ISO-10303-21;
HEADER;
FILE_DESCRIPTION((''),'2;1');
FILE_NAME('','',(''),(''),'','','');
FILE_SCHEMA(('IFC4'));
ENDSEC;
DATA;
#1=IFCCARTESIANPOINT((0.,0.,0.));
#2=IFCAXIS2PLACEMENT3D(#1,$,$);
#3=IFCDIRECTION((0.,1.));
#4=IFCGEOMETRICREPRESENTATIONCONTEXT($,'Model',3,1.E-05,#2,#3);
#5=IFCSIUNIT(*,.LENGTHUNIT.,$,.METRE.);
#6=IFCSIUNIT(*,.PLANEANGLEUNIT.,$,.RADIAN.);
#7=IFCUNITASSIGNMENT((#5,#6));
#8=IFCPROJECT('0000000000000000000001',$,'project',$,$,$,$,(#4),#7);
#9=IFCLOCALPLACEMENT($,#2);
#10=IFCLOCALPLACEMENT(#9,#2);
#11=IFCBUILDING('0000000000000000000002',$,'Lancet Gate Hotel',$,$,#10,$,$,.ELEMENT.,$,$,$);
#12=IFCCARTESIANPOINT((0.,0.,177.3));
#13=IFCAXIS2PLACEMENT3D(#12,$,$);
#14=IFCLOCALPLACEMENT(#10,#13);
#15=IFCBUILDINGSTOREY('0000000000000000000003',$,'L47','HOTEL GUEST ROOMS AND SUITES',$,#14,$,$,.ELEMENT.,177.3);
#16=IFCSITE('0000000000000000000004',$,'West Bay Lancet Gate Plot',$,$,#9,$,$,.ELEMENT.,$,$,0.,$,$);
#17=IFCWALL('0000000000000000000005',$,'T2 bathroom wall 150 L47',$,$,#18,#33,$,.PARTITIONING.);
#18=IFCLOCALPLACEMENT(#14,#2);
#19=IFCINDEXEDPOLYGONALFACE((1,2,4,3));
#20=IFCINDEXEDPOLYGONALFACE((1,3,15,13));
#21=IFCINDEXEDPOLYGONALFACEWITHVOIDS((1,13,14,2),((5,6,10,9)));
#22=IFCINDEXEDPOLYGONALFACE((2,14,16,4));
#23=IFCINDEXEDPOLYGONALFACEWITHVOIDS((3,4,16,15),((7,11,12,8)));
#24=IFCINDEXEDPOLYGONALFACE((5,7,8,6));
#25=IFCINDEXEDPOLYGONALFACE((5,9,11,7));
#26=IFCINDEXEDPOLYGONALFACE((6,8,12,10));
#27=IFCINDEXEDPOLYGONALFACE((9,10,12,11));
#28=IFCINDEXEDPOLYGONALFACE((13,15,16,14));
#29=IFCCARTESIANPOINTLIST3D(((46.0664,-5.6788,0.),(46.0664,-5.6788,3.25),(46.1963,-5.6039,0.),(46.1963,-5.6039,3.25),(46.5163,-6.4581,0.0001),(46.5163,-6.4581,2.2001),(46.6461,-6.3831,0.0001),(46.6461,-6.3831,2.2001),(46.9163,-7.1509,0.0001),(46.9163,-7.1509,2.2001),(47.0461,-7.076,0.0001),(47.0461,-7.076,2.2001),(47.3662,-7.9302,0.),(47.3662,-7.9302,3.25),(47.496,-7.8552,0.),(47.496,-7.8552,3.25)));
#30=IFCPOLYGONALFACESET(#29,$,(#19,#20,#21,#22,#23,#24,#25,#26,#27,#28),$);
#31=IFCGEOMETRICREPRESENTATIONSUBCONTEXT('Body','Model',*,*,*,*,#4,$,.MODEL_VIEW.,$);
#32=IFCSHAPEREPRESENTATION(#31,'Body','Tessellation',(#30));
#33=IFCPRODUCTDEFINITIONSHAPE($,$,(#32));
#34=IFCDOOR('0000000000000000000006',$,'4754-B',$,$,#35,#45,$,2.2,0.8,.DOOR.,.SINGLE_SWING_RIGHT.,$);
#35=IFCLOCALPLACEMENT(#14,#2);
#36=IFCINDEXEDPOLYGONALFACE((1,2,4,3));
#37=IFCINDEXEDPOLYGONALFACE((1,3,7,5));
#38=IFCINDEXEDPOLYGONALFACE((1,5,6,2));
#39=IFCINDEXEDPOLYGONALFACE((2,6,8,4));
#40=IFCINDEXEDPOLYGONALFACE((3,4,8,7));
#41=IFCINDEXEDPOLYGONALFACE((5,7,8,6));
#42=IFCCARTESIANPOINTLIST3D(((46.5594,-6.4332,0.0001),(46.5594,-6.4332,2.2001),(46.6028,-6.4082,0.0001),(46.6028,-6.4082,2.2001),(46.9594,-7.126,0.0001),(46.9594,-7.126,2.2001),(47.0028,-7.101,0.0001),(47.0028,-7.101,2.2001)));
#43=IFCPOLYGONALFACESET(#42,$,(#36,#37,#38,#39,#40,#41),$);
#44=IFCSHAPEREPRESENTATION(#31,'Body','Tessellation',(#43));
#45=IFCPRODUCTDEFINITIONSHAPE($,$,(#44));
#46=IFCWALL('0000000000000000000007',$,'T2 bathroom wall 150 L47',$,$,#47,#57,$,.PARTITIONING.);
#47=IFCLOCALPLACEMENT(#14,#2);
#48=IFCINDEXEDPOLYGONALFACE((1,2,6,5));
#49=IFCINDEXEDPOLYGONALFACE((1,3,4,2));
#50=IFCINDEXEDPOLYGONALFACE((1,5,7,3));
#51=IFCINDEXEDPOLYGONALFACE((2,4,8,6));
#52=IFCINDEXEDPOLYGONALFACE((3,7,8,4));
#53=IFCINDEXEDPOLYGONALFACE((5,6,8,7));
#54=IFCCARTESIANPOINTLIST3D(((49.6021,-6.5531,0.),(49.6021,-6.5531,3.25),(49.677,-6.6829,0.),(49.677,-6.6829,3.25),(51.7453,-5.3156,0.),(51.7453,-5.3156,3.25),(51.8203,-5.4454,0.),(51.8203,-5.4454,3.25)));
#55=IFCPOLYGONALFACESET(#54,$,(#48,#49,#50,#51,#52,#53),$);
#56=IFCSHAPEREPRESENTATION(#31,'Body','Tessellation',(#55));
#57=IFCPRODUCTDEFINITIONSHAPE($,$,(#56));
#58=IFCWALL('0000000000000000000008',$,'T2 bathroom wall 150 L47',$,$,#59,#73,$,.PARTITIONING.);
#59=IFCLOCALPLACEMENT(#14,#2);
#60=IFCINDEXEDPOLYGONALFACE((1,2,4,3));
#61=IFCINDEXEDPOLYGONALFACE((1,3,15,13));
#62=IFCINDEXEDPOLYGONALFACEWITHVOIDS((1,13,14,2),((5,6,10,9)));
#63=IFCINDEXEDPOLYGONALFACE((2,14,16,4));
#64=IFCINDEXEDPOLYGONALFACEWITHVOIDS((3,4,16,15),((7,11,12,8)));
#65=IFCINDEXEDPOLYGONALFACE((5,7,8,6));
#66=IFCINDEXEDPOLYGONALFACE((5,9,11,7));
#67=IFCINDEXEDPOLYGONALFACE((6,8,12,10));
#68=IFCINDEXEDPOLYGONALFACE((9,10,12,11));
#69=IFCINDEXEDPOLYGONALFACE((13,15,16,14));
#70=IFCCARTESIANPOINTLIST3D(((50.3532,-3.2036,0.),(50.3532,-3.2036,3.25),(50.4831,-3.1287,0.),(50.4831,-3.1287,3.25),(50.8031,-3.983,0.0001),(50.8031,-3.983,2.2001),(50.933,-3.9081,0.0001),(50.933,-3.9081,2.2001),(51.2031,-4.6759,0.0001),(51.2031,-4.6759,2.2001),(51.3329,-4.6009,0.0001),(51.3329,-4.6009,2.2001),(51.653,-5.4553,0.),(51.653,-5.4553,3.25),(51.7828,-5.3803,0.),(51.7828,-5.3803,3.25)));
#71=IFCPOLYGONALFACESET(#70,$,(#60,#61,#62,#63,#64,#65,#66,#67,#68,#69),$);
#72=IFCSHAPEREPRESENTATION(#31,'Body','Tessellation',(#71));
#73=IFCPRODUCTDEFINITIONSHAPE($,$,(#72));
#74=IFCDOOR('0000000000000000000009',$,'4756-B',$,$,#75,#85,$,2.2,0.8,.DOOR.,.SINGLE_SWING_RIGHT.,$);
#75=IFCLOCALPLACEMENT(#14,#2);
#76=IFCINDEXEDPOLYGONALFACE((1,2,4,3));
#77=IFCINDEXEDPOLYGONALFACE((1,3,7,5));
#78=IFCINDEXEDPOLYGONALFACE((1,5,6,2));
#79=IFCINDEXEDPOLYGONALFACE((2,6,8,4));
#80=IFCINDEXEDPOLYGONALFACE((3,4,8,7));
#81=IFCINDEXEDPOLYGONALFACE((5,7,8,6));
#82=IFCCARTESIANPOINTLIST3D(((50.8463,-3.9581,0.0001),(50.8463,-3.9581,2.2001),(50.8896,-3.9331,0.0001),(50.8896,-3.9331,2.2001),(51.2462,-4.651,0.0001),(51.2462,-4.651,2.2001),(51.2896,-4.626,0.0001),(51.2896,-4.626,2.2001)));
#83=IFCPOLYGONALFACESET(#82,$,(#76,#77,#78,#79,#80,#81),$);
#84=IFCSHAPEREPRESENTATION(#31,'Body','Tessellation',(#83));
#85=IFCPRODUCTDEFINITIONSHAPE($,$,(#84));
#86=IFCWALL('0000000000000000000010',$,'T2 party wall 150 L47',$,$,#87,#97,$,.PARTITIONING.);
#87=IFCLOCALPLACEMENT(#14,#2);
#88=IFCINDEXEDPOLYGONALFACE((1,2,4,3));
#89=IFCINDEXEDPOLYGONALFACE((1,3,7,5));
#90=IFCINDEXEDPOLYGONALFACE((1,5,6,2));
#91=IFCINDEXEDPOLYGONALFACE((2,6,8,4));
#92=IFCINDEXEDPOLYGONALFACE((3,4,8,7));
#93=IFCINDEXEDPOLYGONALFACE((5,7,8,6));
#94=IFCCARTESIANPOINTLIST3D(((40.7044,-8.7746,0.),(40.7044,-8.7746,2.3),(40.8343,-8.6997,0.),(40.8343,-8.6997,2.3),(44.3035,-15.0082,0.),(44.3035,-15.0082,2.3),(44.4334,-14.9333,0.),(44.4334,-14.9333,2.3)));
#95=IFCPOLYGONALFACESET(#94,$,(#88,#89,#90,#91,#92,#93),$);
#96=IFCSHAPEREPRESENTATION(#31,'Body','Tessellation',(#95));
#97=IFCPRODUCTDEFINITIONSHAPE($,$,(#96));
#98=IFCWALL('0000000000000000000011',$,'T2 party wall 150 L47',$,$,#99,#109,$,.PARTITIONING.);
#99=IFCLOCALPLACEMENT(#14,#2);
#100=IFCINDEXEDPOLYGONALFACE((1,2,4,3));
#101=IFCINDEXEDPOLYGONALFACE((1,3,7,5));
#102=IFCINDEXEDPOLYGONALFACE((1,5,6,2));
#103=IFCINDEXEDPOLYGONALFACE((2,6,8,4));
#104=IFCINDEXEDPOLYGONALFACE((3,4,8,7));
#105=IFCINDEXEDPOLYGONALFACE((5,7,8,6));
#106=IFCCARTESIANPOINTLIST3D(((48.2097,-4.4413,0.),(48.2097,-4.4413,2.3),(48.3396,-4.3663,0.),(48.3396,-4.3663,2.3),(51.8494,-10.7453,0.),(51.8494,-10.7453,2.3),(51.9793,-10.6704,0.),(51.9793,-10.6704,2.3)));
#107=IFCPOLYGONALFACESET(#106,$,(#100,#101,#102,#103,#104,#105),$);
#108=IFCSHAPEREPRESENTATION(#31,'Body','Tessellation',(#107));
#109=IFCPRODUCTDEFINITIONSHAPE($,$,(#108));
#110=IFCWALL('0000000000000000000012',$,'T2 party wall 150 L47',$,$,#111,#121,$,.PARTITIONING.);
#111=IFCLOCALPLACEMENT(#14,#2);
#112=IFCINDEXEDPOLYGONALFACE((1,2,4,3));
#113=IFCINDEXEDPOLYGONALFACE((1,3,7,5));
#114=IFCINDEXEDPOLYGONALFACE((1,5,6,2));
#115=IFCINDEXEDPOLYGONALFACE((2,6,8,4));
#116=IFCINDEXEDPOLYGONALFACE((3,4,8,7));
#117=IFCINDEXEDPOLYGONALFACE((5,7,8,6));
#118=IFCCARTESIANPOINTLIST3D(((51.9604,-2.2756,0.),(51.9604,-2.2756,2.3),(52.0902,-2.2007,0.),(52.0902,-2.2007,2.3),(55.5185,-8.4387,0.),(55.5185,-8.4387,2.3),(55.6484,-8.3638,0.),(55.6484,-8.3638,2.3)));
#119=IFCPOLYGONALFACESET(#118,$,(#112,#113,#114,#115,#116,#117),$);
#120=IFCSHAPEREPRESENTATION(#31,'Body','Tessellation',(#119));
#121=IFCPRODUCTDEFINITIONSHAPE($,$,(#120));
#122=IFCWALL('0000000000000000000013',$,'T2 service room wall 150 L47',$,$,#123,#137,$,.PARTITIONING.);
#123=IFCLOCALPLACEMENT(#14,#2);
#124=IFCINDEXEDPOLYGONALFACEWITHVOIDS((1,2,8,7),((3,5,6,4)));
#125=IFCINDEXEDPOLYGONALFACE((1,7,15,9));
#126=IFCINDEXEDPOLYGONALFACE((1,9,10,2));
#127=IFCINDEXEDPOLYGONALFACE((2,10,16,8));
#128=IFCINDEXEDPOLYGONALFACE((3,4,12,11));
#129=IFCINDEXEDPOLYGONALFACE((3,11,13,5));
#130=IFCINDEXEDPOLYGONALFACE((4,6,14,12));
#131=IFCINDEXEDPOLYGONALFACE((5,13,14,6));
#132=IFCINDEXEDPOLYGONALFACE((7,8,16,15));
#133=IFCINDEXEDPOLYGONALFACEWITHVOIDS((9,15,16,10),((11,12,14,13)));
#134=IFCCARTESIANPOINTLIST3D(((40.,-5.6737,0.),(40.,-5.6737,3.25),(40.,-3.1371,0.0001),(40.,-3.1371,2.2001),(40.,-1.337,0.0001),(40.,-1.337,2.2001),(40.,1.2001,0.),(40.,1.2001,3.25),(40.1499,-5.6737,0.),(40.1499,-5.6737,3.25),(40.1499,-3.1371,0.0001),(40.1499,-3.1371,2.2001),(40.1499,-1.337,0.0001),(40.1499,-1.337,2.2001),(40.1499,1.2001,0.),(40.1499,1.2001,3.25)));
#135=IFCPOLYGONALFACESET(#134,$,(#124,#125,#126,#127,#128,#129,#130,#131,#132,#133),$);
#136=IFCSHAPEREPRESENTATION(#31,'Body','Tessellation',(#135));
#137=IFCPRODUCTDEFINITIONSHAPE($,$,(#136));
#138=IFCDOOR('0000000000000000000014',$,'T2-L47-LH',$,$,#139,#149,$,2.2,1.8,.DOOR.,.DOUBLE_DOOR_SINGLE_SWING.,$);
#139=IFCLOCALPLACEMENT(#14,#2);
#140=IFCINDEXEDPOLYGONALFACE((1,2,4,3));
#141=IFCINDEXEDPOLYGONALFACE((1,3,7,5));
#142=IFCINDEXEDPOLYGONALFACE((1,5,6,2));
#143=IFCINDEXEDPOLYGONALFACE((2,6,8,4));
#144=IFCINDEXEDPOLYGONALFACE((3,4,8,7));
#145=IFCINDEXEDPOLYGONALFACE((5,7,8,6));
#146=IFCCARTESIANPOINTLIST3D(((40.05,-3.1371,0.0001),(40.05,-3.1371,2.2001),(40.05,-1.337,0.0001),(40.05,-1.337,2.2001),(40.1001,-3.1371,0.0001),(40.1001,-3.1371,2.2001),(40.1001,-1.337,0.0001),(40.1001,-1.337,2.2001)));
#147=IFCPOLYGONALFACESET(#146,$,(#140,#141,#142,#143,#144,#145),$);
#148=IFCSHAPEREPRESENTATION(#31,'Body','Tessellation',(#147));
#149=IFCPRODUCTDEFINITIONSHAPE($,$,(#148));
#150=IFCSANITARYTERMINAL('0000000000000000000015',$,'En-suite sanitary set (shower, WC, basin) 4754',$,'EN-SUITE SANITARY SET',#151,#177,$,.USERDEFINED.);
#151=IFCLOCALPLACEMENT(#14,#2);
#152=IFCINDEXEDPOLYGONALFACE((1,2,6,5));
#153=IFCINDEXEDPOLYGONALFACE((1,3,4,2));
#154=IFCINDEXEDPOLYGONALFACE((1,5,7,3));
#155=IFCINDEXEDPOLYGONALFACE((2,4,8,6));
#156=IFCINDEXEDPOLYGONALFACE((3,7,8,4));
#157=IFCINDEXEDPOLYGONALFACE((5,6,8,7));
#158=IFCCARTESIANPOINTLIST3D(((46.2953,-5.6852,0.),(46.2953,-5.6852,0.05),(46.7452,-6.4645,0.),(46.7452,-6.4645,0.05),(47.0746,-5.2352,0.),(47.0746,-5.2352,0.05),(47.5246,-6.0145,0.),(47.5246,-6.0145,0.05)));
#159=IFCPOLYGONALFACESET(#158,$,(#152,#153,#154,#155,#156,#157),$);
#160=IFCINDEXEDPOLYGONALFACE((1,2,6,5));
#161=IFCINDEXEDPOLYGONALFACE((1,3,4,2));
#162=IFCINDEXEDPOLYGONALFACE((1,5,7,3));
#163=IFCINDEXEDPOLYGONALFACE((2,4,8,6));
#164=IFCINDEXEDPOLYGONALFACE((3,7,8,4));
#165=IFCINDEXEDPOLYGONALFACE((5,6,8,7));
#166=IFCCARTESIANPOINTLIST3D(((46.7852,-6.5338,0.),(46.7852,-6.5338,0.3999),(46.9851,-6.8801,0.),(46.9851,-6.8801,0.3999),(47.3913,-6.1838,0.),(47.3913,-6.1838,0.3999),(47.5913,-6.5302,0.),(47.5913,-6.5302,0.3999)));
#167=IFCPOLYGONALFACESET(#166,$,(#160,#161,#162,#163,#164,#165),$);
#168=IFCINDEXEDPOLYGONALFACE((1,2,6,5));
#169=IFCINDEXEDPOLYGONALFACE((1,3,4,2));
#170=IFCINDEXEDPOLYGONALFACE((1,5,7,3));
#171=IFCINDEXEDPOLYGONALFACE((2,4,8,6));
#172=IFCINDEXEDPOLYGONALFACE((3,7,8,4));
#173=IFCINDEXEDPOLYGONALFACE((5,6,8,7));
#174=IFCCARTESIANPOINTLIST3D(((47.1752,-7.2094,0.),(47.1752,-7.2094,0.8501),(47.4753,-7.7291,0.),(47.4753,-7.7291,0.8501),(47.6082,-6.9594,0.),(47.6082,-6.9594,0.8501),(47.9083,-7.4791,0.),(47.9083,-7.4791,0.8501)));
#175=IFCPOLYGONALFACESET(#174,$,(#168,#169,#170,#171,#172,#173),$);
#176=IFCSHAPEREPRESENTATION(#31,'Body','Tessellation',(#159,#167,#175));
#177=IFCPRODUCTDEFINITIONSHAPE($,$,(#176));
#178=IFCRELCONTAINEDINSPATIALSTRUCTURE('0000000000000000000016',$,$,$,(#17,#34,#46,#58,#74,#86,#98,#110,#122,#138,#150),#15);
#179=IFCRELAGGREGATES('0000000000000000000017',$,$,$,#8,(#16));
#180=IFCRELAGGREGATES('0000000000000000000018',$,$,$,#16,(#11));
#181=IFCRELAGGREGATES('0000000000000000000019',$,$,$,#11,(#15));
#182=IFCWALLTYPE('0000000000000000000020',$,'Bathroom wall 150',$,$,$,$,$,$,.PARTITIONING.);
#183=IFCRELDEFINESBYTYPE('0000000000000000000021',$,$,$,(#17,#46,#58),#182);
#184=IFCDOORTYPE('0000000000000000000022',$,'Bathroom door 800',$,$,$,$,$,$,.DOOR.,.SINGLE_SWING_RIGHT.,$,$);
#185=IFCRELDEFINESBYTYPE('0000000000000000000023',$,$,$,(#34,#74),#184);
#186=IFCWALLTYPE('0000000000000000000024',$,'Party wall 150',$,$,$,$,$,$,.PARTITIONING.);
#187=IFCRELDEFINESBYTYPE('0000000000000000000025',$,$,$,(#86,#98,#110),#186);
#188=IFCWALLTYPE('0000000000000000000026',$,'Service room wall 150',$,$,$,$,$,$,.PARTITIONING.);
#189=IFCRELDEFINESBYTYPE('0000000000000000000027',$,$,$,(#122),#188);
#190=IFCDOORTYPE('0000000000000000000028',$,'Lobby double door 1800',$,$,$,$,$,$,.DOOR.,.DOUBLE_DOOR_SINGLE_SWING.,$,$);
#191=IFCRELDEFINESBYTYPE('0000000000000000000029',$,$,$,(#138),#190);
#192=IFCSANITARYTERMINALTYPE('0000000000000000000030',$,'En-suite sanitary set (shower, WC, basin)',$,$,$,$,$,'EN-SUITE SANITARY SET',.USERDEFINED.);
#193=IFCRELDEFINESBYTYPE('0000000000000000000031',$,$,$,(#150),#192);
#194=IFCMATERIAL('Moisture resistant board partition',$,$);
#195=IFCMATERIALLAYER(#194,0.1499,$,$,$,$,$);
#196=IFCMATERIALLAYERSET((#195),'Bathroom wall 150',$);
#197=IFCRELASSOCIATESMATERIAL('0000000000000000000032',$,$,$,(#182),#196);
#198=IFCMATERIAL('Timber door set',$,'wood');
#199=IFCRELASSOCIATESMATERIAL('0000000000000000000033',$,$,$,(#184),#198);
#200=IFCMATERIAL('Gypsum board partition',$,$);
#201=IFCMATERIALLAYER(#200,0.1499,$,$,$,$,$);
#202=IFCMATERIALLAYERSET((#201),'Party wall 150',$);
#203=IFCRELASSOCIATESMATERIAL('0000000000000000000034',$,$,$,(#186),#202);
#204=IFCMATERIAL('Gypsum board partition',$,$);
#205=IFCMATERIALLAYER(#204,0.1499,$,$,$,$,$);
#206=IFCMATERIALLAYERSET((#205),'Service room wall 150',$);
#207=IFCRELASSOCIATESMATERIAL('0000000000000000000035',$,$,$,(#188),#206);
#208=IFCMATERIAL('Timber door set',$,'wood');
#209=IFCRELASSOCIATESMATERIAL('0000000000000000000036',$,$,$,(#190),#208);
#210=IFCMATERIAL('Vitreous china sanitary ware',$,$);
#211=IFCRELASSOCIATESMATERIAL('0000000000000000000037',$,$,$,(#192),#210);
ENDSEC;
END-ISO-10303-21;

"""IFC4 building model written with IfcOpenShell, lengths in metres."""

from ifc_helpers import new_model, si_unit, direction, frame, frame_2d, origin, origin_2d, place, context, subcontext, project, spatial, rectangle, extrude, material, layer, layer_set, type_object, element, fill, save


model = new_model("IFC4")

# Units and contexts
model_context = context("Model", 3, precision=1e-05, world=origin(), true_north=direction((0.0, 1.0)))
body_context = subcontext(model_context, "Body", "Model", "MODEL_VIEW")
ifc_project = project(units=[si_unit("LENGTHUNIT", "METRE"), si_unit("PLANEANGLEUNIT", "RADIAN")], contexts=[model_context])

# Site, building, storey
site_placement = place(None, origin())
site = spatial("IfcSite", under=ifc_project, at=site_placement, Name="West Bay Lancet Gate Plot", CompositionType="ELEMENT", RefElevation=0.0)
building_placement = place(site_placement, origin())
building = spatial("IfcBuilding", under=site, at=building_placement, Name="Lancet Gate Hotel", CompositionType="ELEMENT")
storey_placement = place(building_placement, frame((0.0, 0.0, 177.3)))
storey = spatial("IfcBuildingStorey", under=building, at=storey_placement, Name="L47", Description="HOTEL GUEST ROOMS AND SUITES", CompositionType="ELEMENT", Elevation=177.3)

# Shared definitions
ifc_material_1 = material(Name="Moisture resistant board partition")
ifc_layer_1 = layer(ifc_material_1, 0.1499)
ifc_layer_set_1 = layer_set([ifc_layer_1], Name="Bathroom wall 150")
wall_type_1 = type_object("IfcWallType", Name="Bathroom wall 150", PredefinedType="PARTITIONING", material=ifc_layer_set_1)

# Wall, opening, door
wall_1_placement = place(storey_placement, frame((46.1313, -5.6414, 0.0), z_axis=(0.0, 0.0, 1.0), x_axis=(0.499977, -0.866039, 0.0)))
wall_1 = element("IfcWall", 1, at=wall_1_placement, inside=storey, type_object=wall_type_1, Name="T2 bathroom wall 150 L47", PredefinedType="PARTITIONING", context=body_context, shape_type="SweptSolid", body=[
    extrude(rectangle(XDim=2.5996, YDim=0.1499, at=frame_2d((1.2998, 0.0))), origin(), (0.0, 0.0, 1.0), 3.25),
])
opening_1_placement = place(wall_1_placement, frame((0.8999, 0.0, 0.0)))
opening_1 = element("IfcOpeningElement", 2, at=opening_1_placement, cuts=wall_1, PredefinedType="OPENING", context=body_context, shape_type="SweptSolid", body=[
    extrude(rectangle(XDim=0.8, YDim=2.2, at=frame_2d((0.3999, 1.1001))), frame((0.0, 0.085, 0.0), z_axis=(0.0, -1.0, 0.0), x_axis=(1.0, 0.0, 0.0)), (0.0, 0.0, 1.0), 0.1699),
])
ifc_material_2 = material(Name="Timber door set", Category="wood")
door_type_1 = type_object("IfcDoorType", Name="Bathroom door 800", OperationType="SINGLE_SWING_RIGHT", PredefinedType="DOOR", material=ifc_material_2)
door_1_placement = place(opening_1_placement, origin())
door_1 = element("IfcDoor", 3, at=door_1_placement, inside=storey, type_object=door_type_1, Name="4754-B", OperationType="SINGLE_SWING_RIGHT", OverallHeight=2.2, OverallWidth=0.8, PredefinedType="DOOR", context=body_context, shape_type="SweptSolid", body=[
    extrude(rectangle(XDim=0.8, YDim=2.2, at=frame_2d((0.3999, 1.1001))), frame((0.0, 0.0249, 0.0), z_axis=(0.0, -1.0, 0.0), x_axis=(1.0, 0.0, 0.0)), (0.0, 0.0, 1.0), 0.05),
])
fill(opening_1, door_1)

# Wall
wall_2_placement = place(storey_placement, frame((49.6396, -6.6179, 0.0), z_axis=(0.0, 0.0, 1.0), x_axis=(0.866007, 0.500033, 0.0)))
element("IfcWall", 4, at=wall_2_placement, inside=storey, type_object=wall_type_1, Name="T2 bathroom wall 150 L47", PredefinedType="PARTITIONING", context=body_context, shape_type="SweptSolid", body=[
    extrude(rectangle(XDim=2.4749, YDim=0.1499, at=frame_2d((1.2373, 0.0))), origin(), (0.0, 0.0, 1.0), 3.25),
])

# Wall, opening, door
wall_3_placement = place(storey_placement, frame((50.4182, -3.1663, 0.0), z_axis=(0.0, 0.0, 1.0), x_axis=(0.499937, -0.866062, 0.0)))
wall_3 = element("IfcWall", 5, at=wall_3_placement, inside=storey, type_object=wall_type_1, Name="T2 bathroom wall 150 L47", PredefinedType="PARTITIONING", context=body_context, shape_type="SweptSolid", body=[
    extrude(rectangle(XDim=2.5999, YDim=0.1499, at=frame_2d((1.2998, 0.0))), origin(), (0.0, 0.0, 1.0), 3.25),
])
opening_2_placement = place(wall_3_placement, frame((0.8999, 0.0, 0.0)))
opening_2 = element("IfcOpeningElement", 6, at=opening_2_placement, cuts=wall_3, PredefinedType="OPENING", context=body_context, shape_type="SweptSolid", body=[
    extrude(rectangle(XDim=0.8, YDim=2.2, at=frame_2d((0.3999, 1.1001))), frame((0.0, 0.085, 0.0), z_axis=(0.0, -1.0, 0.0), x_axis=(1.0, 0.0, 0.0)), (0.0, 0.0, 1.0), 0.1699),
])
door_2_placement = place(opening_2_placement, origin())
door_2 = element("IfcDoor", 7, at=door_2_placement, inside=storey, type_object=door_type_1, Name="4756-B", OperationType="SINGLE_SWING_RIGHT", OverallHeight=2.2, OverallWidth=0.8, PredefinedType="DOOR", context=body_context, shape_type="SweptSolid", body=[
    extrude(rectangle(XDim=0.8, YDim=2.2, at=frame_2d((0.3999, 1.1001))), frame((0.0, 0.0249, 0.0), z_axis=(0.0, -1.0, 0.0), x_axis=(1.0, 0.0, 0.0)), (0.0, 0.0, 1.0), 0.05),
])
fill(opening_2, door_2)

# Walls
ifc_material_3 = material(Name="Gypsum board partition")
ifc_layer_2 = layer(ifc_material_3, 0.1499)
ifc_layer_set_2 = layer_set([ifc_layer_2], Name="Party wall 150")
wall_type_2 = type_object("IfcWallType", Name="Party wall 150", PredefinedType="PARTITIONING", material=ifc_layer_set_2)
wall_4_placement = place(storey_placement, frame((40.7693, -8.7371, 0.0), z_axis=(0.0, 0.0, 1.0), x_axis=(0.500013, -0.866018, 0.0)))
element("IfcWall", 8, at=wall_4_placement, inside=storey, type_object=wall_type_2, Name="T2 party wall 150 L47", PredefinedType="PARTITIONING", context=body_context, shape_type="SweptSolid", body=[
    extrude(rectangle(XDim=7.198, YDim=0.1499, at=frame_2d((3.5991, 0.0))), origin(), (0.0, 0.0, 1.0), 2.3),
])
wall_5_placement = place(storey_placement, frame((48.2747, -4.4038, 0.0), z_axis=(0.0, 0.0, 1.0), x_axis=(0.500006, -0.866022, 0.0)))
element("IfcWall", 9, at=wall_5_placement, inside=storey, type_object=wall_type_2, Name="T2 party wall 150 L47", PredefinedType="PARTITIONING", context=body_context, shape_type="SweptSolid", body=[
    extrude(rectangle(XDim=7.2793, YDim=0.1499, at=frame_2d((3.6396, 0.0))), origin(), (0.0, 0.0, 1.0), 2.3),
])
wall_6_placement = place(storey_placement, frame((52.0254, -2.2383, 0.0), z_axis=(0.0, 0.0, 1.0), x_axis=(0.499984, -0.866035, 0.0)))
element("IfcWall", 10, at=wall_6_placement, inside=storey, type_object=wall_type_2, Name="T2 party wall 150 L47", PredefinedType="PARTITIONING", context=body_context, shape_type="SweptSolid", body=[
    extrude(rectangle(XDim=7.1165, YDim=0.1499, at=frame_2d((3.5581, 0.0))), origin(), (0.0, 0.0, 1.0), 2.3),
])

# Wall, opening, door
ifc_material_4 = material(Name="Gypsum board partition")
ifc_layer_3 = layer(ifc_material_4, 0.1499)
ifc_layer_set_3 = layer_set([ifc_layer_3], Name="Service room wall 150")
wall_type_3 = type_object("IfcWallType", Name="Service room wall 150", PredefinedType="PARTITIONING", material=ifc_layer_set_3)
wall_7_placement = place(storey_placement, frame((40.075, -5.6738, 0.0), z_axis=(0.0, 0.0, 1.0), x_axis=(0.0, 1.0, 0.0)))
wall_7 = element("IfcWall", 11, at=wall_7_placement, inside=storey, type_object=wall_type_3, Name="T2 service room wall 150 L47", PredefinedType="PARTITIONING", context=body_context, shape_type="SweptSolid", body=[
    extrude(rectangle(XDim=6.8738, YDim=0.1499, at=frame_2d((3.437, 0.0))), origin(), (0.0, 0.0, 1.0), 3.25),
])
opening_3_placement = place(wall_7_placement, frame((2.5369, 0.0, 0.0)))
opening_3 = element("IfcOpeningElement", 12, at=opening_3_placement, cuts=wall_7, PredefinedType="OPENING", context=body_context, shape_type="SweptSolid", body=[
    extrude(rectangle(XDim=1.8, YDim=2.2, at=frame_2d((0.8999, 1.1001))), frame((0.0, 0.085, 0.0), z_axis=(0.0, -1.0, 0.0), x_axis=(1.0, 0.0, 0.0)), (0.0, 0.0, 1.0), 0.1699),
])
ifc_material_5 = material(Name="Timber door set", Category="wood")
door_type_2 = type_object("IfcDoorType", Name="Lobby double door 1800", OperationType="DOUBLE_DOOR_SINGLE_SWING", PredefinedType="DOOR", material=ifc_material_5)
door_3_placement = place(opening_3_placement, origin())
door_3 = element("IfcDoor", 13, at=door_3_placement, inside=storey, type_object=door_type_2, Name="T2-L47-LH", OperationType="DOUBLE_DOOR_SINGLE_SWING", OverallHeight=2.2, OverallWidth=1.8, PredefinedType="DOOR", context=body_context, shape_type="SweptSolid", body=[
    extrude(rectangle(XDim=1.8, YDim=2.2, at=frame_2d((0.8999, 1.1001))), frame((0.0, 0.0249, 0.0), z_axis=(0.0, -1.0, 0.0), x_axis=(1.0, 0.0, 0.0)), (0.0, 0.0, 1.0), 0.05),
])
fill(opening_3, door_3)

# Sanitary terminal
ifc_material_6 = material(Name="Vitreous china sanitary ware")
sanitary_terminal_type = type_object("IfcSanitaryTerminalType", Name="En-suite sanitary set (shower, WC, basin)", ElementType="EN-SUITE SANITARY SET", PredefinedType="USERDEFINED", material=ifc_material_6)
sanitary_terminal_1_placement = place(storey_placement, frame((46.9099, -5.8499, 0.0), z_axis=(0.0, 0.0, 1.0), x_axis=(1.0, 0.0, 0.0)))
element("IfcSanitaryTerminal", 14, at=sanitary_terminal_1_placement, inside=storey, type_object=sanitary_terminal_type, Name="En-suite sanitary set (shower, WC, basin) 4754", ObjectType="EN-SUITE SANITARY SET", PredefinedType="USERDEFINED", context=body_context, shape_type="SweptSolid", body=[
    extrude(rectangle(XDim=0.8999, YDim=0.8999, at=origin_2d()), frame((0.0, 0.0, 0.0), z_axis=(0.0, 0.0, 1.0), x_axis=(-0.5, 0.866025, 0.0)), (0.0, 0.0, 1.0), 0.05),
    extrude(rectangle(XDim=0.3999, YDim=0.7, at=origin_2d()), frame((0.2783, -0.6821, 0.0), z_axis=(0.0, 0.0, 1.0), x_axis=(-0.5, 0.866025, 0.0)), (0.0, 0.0, 1.0), 0.3999),
    extrude(rectangle(XDim=0.6001, YDim=0.5, at=origin_2d()), frame((0.6318, -1.4944, 0.0), z_axis=(0.0, 0.0, 1.0), x_axis=(-0.5, 0.866025, 0.0)), (0.0, 0.0, 1.0), 0.8501),
])

save(model, "model.ifc")
